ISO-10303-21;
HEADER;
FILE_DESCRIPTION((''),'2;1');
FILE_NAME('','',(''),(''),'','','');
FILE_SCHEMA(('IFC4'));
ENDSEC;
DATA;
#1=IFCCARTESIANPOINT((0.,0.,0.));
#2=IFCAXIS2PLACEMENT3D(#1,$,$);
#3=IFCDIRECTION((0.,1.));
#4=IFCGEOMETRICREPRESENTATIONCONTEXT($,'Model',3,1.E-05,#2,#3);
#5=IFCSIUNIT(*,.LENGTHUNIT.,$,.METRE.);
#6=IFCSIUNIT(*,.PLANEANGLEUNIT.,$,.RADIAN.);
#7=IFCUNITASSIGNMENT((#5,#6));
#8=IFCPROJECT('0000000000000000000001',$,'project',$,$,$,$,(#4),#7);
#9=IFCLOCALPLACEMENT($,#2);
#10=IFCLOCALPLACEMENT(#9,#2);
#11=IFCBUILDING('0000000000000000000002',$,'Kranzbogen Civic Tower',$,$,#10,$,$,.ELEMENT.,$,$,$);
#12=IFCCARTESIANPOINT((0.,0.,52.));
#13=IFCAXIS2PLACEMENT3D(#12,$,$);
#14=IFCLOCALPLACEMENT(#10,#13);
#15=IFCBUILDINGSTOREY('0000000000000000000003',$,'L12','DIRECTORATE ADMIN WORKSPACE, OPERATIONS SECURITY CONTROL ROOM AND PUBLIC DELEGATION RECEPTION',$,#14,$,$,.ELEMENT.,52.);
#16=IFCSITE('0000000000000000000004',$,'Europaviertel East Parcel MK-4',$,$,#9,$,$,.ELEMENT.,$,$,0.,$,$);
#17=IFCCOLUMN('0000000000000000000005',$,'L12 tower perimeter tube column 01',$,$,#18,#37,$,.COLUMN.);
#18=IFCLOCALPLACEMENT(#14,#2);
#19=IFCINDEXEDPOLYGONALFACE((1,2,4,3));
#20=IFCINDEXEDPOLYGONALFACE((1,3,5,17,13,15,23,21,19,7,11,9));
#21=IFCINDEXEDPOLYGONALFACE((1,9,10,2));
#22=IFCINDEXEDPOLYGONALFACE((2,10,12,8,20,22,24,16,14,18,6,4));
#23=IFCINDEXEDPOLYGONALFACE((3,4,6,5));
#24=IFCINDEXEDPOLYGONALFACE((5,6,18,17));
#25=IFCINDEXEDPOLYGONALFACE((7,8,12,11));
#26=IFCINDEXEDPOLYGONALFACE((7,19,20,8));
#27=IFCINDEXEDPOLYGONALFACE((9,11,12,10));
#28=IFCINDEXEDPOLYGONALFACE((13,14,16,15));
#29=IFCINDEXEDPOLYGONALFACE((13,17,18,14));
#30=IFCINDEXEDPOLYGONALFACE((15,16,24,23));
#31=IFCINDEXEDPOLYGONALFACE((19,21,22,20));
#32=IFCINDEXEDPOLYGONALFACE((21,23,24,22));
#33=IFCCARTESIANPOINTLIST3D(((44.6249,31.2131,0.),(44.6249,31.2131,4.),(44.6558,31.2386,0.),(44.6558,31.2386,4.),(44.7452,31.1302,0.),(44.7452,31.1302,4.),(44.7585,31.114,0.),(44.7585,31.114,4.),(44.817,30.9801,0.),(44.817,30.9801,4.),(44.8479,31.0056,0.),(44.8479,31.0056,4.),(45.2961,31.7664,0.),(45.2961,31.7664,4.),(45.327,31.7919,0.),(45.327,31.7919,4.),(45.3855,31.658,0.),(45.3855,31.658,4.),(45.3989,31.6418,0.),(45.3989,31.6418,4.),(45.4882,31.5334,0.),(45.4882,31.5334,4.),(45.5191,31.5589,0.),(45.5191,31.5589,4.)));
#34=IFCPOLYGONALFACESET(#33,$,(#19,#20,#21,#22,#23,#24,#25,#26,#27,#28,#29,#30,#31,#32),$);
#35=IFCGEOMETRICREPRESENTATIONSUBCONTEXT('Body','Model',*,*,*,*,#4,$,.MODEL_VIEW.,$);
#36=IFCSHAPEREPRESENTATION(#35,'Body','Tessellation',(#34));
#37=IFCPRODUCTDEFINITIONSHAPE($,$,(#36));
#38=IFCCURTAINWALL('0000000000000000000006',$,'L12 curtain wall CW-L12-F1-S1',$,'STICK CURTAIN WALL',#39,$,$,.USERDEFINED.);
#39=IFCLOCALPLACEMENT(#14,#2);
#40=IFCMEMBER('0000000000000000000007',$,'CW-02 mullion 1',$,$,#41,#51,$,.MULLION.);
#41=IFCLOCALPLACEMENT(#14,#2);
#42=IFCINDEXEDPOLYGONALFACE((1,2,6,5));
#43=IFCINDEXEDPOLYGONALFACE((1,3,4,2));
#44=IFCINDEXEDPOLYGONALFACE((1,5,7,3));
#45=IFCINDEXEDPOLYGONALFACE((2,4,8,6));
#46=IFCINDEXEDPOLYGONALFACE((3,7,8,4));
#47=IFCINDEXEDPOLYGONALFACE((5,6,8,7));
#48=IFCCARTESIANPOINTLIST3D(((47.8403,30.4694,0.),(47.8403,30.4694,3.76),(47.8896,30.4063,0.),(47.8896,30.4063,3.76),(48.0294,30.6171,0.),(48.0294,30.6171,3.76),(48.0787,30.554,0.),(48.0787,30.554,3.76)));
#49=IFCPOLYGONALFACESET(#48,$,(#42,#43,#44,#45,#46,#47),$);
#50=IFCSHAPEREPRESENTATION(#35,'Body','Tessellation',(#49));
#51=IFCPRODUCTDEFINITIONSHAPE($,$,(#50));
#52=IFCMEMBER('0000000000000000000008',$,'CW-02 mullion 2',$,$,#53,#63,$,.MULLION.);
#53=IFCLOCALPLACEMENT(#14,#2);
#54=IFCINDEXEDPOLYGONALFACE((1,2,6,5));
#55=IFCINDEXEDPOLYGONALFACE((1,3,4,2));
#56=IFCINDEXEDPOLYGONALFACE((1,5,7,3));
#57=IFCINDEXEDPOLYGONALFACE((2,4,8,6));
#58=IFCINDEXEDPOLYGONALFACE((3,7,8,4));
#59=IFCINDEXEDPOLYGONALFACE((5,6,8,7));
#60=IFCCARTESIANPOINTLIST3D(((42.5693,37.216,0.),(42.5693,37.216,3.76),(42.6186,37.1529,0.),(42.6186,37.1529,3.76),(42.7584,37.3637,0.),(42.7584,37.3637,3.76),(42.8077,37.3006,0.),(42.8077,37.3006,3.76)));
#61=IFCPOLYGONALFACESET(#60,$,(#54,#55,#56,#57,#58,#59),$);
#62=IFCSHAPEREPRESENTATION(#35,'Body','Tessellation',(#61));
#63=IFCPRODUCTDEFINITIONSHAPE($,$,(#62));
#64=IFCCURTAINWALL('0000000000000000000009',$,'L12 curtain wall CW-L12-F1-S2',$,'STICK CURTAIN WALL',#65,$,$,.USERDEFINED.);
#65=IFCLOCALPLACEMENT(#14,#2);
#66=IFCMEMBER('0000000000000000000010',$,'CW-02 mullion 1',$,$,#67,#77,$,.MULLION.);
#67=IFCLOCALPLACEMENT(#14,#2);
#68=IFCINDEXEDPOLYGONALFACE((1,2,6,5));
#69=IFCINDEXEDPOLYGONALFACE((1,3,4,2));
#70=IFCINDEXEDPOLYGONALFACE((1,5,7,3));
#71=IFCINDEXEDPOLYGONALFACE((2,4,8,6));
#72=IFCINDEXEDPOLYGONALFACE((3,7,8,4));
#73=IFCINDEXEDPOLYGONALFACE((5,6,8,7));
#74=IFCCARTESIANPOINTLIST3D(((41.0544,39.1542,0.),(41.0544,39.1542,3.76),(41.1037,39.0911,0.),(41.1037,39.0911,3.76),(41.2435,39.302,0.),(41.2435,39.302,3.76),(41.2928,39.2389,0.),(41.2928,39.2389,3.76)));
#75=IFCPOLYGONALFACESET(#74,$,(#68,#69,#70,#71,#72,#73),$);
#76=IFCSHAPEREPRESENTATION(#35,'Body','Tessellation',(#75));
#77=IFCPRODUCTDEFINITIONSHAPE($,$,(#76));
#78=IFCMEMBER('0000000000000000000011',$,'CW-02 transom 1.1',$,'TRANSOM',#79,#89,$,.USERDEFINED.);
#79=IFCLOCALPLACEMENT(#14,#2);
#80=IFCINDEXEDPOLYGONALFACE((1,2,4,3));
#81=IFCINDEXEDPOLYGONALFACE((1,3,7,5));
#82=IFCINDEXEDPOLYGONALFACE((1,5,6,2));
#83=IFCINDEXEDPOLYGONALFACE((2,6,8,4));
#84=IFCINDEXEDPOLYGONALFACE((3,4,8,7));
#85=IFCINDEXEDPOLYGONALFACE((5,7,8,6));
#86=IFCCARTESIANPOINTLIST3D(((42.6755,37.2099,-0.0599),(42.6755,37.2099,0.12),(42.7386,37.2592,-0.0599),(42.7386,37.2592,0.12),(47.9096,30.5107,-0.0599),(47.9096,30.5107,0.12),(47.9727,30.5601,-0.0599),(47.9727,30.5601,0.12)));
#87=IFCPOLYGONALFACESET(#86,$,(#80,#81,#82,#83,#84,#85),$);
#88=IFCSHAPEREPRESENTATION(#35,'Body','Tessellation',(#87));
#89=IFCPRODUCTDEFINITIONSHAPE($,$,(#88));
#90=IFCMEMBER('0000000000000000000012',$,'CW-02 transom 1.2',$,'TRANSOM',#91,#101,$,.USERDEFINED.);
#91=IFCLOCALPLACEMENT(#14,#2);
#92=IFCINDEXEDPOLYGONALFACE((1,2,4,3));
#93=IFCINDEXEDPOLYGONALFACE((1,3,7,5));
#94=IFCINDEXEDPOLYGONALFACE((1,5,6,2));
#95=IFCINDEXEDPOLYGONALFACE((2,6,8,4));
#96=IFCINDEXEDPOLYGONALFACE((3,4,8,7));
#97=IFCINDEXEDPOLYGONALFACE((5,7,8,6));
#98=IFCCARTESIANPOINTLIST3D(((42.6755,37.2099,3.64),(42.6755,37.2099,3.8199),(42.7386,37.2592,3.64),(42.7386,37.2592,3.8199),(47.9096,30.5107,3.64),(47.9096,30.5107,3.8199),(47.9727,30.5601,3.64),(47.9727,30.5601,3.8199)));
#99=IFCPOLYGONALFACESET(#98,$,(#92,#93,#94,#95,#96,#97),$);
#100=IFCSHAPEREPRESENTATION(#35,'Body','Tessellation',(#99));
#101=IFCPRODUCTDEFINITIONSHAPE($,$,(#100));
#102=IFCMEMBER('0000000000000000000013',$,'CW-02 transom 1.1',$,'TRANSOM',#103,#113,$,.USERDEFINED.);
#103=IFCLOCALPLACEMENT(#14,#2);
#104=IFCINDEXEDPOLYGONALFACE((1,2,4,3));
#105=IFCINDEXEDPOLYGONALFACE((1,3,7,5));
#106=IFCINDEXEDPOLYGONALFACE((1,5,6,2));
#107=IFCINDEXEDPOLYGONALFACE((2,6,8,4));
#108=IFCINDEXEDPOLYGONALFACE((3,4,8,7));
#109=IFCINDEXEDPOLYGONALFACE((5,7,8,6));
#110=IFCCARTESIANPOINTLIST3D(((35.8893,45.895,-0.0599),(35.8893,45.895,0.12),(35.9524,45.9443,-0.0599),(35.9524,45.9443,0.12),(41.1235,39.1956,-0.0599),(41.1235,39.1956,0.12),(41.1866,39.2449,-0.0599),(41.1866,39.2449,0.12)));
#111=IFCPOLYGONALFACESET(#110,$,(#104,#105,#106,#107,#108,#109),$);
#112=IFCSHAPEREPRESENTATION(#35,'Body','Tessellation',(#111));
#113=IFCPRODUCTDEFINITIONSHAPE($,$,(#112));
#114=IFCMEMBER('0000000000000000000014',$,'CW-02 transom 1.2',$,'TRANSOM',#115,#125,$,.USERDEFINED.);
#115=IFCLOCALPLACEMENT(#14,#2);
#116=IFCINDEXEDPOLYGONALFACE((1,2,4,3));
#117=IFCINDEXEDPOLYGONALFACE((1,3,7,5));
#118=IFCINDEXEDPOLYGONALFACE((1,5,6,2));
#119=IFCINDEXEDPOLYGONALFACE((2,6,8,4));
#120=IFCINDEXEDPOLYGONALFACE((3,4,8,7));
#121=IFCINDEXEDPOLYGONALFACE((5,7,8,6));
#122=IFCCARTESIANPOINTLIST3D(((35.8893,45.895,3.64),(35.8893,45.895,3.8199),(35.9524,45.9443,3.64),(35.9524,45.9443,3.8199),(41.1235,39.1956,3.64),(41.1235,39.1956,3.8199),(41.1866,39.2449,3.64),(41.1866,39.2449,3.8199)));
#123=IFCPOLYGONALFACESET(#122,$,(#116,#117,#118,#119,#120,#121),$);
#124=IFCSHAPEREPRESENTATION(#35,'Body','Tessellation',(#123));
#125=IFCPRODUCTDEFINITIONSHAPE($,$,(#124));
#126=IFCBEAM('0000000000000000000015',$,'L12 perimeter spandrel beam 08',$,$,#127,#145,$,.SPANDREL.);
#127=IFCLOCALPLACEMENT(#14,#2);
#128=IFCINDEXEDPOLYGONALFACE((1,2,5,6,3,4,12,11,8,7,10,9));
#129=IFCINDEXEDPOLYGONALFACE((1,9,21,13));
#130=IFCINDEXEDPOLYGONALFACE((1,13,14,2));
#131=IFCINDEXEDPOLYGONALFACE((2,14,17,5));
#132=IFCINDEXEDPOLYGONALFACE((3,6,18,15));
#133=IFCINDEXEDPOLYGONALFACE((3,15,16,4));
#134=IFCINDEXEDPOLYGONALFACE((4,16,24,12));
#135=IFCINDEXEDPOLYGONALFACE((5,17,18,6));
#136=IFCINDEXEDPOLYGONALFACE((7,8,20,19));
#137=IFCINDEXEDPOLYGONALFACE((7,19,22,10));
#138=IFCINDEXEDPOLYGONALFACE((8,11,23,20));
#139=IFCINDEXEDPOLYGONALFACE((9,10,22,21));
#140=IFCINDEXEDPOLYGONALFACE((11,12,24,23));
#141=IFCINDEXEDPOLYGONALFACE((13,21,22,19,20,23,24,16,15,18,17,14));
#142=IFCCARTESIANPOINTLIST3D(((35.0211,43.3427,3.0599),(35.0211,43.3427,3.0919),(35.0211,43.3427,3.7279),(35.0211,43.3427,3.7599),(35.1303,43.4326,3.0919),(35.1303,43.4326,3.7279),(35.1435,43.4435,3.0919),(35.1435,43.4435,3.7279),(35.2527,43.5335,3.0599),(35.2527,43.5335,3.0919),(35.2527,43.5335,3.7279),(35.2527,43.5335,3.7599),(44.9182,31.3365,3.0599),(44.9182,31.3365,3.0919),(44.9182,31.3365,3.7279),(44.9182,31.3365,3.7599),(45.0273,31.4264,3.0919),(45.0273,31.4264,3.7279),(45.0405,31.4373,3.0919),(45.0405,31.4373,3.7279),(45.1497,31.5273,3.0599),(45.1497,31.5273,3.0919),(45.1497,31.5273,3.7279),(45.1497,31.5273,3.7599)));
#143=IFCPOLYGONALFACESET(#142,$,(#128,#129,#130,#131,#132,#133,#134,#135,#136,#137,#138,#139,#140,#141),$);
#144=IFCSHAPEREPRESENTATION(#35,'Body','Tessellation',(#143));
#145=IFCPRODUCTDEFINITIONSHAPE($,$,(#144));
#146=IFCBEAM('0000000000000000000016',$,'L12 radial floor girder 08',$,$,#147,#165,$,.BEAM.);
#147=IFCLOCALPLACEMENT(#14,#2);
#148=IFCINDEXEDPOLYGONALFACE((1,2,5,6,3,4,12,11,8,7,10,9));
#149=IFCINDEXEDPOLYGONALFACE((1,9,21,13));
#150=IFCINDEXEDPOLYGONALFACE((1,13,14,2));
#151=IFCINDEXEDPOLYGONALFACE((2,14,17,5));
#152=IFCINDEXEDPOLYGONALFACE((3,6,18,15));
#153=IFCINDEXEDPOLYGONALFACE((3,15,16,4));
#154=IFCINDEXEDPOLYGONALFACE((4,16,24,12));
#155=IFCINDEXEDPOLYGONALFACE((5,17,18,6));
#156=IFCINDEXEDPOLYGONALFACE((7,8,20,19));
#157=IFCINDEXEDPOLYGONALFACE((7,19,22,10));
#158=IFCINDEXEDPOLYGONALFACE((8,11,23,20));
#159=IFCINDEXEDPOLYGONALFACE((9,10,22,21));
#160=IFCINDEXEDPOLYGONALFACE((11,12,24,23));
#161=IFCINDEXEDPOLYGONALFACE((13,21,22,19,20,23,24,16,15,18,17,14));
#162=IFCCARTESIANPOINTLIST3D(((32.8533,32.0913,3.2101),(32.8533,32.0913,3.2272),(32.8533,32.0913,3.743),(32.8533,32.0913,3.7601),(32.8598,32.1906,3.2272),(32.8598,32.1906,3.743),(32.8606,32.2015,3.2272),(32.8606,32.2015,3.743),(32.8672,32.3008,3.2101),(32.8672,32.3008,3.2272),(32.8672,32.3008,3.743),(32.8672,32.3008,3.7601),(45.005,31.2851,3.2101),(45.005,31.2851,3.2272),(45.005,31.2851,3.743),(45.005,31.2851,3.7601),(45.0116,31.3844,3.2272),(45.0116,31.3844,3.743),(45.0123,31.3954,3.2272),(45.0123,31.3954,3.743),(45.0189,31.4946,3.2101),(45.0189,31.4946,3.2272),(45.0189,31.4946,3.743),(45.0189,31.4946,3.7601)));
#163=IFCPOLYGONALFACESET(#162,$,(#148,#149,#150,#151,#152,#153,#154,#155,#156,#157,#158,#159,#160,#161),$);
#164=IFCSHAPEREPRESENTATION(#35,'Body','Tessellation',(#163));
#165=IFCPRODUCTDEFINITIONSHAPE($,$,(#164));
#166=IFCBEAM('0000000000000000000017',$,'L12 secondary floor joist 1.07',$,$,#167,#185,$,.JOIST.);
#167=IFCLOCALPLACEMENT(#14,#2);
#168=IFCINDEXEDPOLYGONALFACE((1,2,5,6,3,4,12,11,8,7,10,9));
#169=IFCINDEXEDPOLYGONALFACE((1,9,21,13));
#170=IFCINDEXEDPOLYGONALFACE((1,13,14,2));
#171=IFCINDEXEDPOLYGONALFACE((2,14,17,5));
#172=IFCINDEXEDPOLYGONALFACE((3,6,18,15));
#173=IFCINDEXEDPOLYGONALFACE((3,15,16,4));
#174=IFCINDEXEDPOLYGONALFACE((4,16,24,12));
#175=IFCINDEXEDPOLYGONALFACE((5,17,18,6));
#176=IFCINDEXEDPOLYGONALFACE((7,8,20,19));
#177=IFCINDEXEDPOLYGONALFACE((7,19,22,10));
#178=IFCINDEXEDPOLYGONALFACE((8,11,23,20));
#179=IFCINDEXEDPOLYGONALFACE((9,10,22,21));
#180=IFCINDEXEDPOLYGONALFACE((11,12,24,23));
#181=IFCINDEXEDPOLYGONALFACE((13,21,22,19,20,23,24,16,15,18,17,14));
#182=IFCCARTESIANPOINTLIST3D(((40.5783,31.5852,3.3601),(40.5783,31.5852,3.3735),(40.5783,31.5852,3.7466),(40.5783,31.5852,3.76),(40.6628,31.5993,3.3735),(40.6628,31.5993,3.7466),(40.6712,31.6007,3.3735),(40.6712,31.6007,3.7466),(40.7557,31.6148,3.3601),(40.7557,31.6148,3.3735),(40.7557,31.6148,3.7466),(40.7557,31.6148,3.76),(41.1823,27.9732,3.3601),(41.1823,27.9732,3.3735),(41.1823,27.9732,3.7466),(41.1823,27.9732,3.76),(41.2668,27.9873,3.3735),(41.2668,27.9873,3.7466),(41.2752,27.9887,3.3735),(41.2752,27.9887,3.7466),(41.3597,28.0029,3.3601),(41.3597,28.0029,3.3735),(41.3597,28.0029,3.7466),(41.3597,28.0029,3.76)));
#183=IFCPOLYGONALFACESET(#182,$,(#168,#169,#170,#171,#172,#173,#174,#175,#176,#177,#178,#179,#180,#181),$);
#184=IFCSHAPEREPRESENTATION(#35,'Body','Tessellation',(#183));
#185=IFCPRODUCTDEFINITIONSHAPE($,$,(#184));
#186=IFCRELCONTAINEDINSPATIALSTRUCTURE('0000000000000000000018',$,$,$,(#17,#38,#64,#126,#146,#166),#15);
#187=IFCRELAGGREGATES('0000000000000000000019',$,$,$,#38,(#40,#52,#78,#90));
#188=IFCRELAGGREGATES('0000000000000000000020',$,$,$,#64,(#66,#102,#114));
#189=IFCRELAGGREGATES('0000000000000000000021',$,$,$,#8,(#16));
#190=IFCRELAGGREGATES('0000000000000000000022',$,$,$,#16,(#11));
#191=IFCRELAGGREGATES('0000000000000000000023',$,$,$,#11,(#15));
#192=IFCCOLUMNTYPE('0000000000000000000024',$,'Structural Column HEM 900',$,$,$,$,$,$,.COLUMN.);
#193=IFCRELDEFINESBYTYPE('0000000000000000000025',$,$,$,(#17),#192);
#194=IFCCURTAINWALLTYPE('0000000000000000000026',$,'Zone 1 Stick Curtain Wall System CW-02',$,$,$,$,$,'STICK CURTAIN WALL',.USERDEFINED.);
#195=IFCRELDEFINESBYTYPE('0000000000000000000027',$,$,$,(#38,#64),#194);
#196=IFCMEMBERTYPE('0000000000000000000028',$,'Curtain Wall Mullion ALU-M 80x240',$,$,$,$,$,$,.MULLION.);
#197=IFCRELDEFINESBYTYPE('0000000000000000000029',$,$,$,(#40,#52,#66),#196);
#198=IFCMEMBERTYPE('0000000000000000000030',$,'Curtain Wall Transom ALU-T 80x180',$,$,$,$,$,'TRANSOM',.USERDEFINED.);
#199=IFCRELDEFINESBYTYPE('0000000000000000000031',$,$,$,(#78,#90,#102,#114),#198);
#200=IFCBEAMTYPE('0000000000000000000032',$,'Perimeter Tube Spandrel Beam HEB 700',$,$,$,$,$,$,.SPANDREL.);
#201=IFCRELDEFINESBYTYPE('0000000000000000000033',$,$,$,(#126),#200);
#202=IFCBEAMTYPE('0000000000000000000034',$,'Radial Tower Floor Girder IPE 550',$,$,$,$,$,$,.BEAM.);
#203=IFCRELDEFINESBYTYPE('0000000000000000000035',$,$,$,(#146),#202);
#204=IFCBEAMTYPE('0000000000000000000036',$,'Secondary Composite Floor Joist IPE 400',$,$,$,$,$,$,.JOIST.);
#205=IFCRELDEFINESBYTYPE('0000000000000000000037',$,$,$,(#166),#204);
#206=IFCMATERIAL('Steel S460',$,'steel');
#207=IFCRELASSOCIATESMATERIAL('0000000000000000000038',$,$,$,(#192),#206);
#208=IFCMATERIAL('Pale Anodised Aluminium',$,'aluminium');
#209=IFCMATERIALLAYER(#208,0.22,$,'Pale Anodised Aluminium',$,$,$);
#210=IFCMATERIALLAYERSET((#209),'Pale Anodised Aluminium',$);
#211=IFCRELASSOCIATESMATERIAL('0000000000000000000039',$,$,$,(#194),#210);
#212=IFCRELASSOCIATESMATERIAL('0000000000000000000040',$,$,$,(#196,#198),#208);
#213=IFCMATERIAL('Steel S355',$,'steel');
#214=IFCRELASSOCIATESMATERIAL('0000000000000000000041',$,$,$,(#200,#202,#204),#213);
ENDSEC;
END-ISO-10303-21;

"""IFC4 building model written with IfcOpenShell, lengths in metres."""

from ifc_helpers import new_model, si_unit, direction, frame, origin, origin_2d, place, context, subcontext, project, spatial, rectangle, i_section, extrude, material, layer, layer_set, material_profile, profile_set, type_object, element, aggregate, save


model = new_model("IFC4")

# Units and contexts
model_context = context("Model", 3, precision=1e-05, world=origin(), true_north=direction((0.0, 1.0)))
body_context = subcontext(model_context, "Body", "Model", "MODEL_VIEW")
ifc_project = project(units=[si_unit("LENGTHUNIT", "METRE"), si_unit("PLANEANGLEUNIT", "RADIAN")], contexts=[model_context])

# Site, building, storey
site_placement = place(None, origin())
site = spatial("IfcSite", under=ifc_project, at=site_placement, Name="Europaviertel East Parcel MK-4", CompositionType="ELEMENT", RefElevation=0.0)
building_placement = place(site_placement, origin())
building = spatial("IfcBuilding", under=site, at=building_placement, Name="Kranzbogen Civic Tower", CompositionType="ELEMENT")
storey_placement = place(building_placement, frame((0.0, 0.0, 52.0)))
storey = spatial("IfcBuildingStorey", under=building, at=storey_placement, Name="L12", Description="DIRECTORATE ADMIN WORKSPACE, OPERATIONS SECURITY CONTROL ROOM AND PUBLIC DELEGATION RECEPTION", CompositionType="ELEMENT", Elevation=52.0)

# Column
ifc_material_1 = material(Name="Steel S460", Category="steel")
ifc_material_profile_1 = material_profile(ifc_material_1, i_section(OverallWidth=0.302, OverallDepth=0.9099, WebThickness=0.021, FlangeThickness=0.04, at=origin_2d()), Name="HEM 900")
ifc_profile_set_1 = profile_set([ifc_material_profile_1], Name="Steel S460")
column_type = type_object("IfcColumnType", Name="Structural Column HEM 900", PredefinedType="COLUMN", material=ifc_profile_set_1)
column_placement = place(storey_placement, frame((45.072, 31.386, 0.0), z_axis=(0.0, 0.0, 1.0), x_axis=(-0.636078, 0.771625, 0.0)))
element("IfcColumn", 1, at=column_placement, inside=storey, type_object=column_type, Name="L12 tower perimeter tube column 01", PredefinedType="COLUMN", context=body_context, shape_type="SweptSolid", body=[
    extrude(i_section(OverallWidth=0.302, OverallDepth=0.9099, WebThickness=0.021, FlangeThickness=0.04, at=origin_2d()), origin(), (0.0, 0.0, 1.0), 4.0),
])

# Curtain wall, members
ifc_material_2 = material(Name="Pale Anodised Aluminium", Category="aluminium")
ifc_layer_1 = layer(ifc_material_2, 0.22, Name="Pale Anodised Aluminium")
ifc_layer_set_1 = layer_set([ifc_layer_1], Name="Pale Anodised Aluminium")
curtain_wall_type = type_object("IfcCurtainWallType", Name="Zone 1 Stick Curtain Wall System CW-02", ElementType="STICK CURTAIN WALL", PredefinedType="USERDEFINED", material=ifc_layer_set_1)
curtain_wall_1_placement = place(storey_placement, origin())
curtain_wall_1 = element("IfcCurtainWall", 2, at=curtain_wall_1_placement, inside=storey, type_object=curtain_wall_type, Name="L12 curtain wall CW-L12-F1-S1", ObjectType="STICK CURTAIN WALL", PredefinedType="USERDEFINED")
ifc_material_profile_2 = material_profile(ifc_material_2, rectangle(XDim=0.0801, YDim=0.24, at=origin_2d()), Name="ALU-M 80x240")
ifc_profile_set_2 = profile_set([ifc_material_profile_2], Name="Pale Anodised Aluminium")
member_type_1 = type_object("IfcMemberType", Name="Curtain Wall Mullion ALU-M 80x240", PredefinedType="MULLION", material=ifc_profile_set_2)
member_1_placement = place(storey_placement, frame((47.9595, 30.5117, 0.0), z_axis=(0.0, 0.0, 1.0), x_axis=(-0.615658, 0.788014, 0.0)))
member_1 = element("IfcMember", 3, at=member_1_placement, type_object=member_type_1, Name="CW-02 mullion 1", PredefinedType="MULLION", context=body_context, shape_type="SweptSolid", body=[
    extrude(rectangle(XDim=0.0801, YDim=0.24, at=origin_2d()), origin(), (0.0, 0.0, 1.0), 3.76),
])
member_2_placement = place(storey_placement, frame((42.6885, 37.2583, 0.0), z_axis=(0.0, 0.0, 1.0), x_axis=(-0.615658, 0.788014, 0.0)))
member_2 = element("IfcMember", 4, at=member_2_placement, type_object=member_type_1, Name="CW-02 mullion 2", PredefinedType="MULLION", context=body_context, shape_type="SweptSolid", body=[
    extrude(rectangle(XDim=0.0801, YDim=0.24, at=origin_2d()), origin(), (0.0, 0.0, 1.0), 3.76),
])

# Curtain wall, member
curtain_wall_2_placement = place(storey_placement, origin())
curtain_wall_2 = element("IfcCurtainWall", 5, at=curtain_wall_2_placement, inside=storey, type_object=curtain_wall_type, Name="L12 curtain wall CW-L12-F1-S2", ObjectType="STICK CURTAIN WALL", PredefinedType="USERDEFINED")
member_3_placement = place(storey_placement, frame((41.1736, 39.1965, 0.0), z_axis=(0.0, 0.0, 1.0), x_axis=(-0.615658, 0.788014, 0.0)))
member_3 = element("IfcMember", 6, at=member_3_placement, type_object=member_type_1, Name="CW-02 mullion 1", PredefinedType="MULLION", context=body_context, shape_type="SweptSolid", body=[
    extrude(rectangle(XDim=0.0801, YDim=0.24, at=origin_2d()), origin(), (0.0, 0.0, 1.0), 3.76),
])

# Members
ifc_material_profile_3 = material_profile(ifc_material_2, rectangle(XDim=0.0801, YDim=0.1799, at=origin_2d()), Name="ALU-T 80x180")
ifc_profile_set_3 = profile_set([ifc_material_profile_3], Name="Pale Anodised Aluminium")
member_type_2 = type_object("IfcMemberType", Name="Curtain Wall Transom ALU-T 80x180", ElementType="TRANSOM", PredefinedType="USERDEFINED", material=ifc_profile_set_3)
member_4_placement = place(storey_placement, frame((47.9412, 30.5354, 0.03), z_axis=(-0.615671, 0.788003, 0.0), x_axis=(-0.788003, -0.615671, 0.0)))
member_4 = element("IfcMember", 7, at=member_4_placement, type_object=member_type_2, Name="CW-02 transom 1.1", ObjectType="TRANSOM", PredefinedType="USERDEFINED", context=body_context, shape_type="SweptSolid", body=[
    extrude(rectangle(XDim=0.0801, YDim=0.1799, at=origin_2d()), origin(), (0.0, 0.0, 1.0), 8.5015),
])
member_5_placement = place(storey_placement, frame((47.9412, 30.5354, 3.73), z_axis=(-0.615671, 0.788003, 0.0), x_axis=(-0.788003, -0.615671, 0.0)))
member_5 = element("IfcMember", 8, at=member_5_placement, type_object=member_type_2, Name="CW-02 transom 1.2", ObjectType="TRANSOM", PredefinedType="USERDEFINED", context=body_context, shape_type="SweptSolid", body=[
    extrude(rectangle(XDim=0.0801, YDim=0.1799, at=origin_2d()), origin(), (0.0, 0.0, 1.0), 8.5015),
])
member_6_placement = place(storey_placement, frame((41.155, 39.2202, 0.03), z_axis=(-0.615657, 0.788014, 0.0), x_axis=(-0.788014, -0.615657, 0.0)))
member_6 = element("IfcMember", 9, at=member_6_placement, type_object=member_type_2, Name="CW-02 transom 1.1", ObjectType="TRANSOM", PredefinedType="USERDEFINED", context=body_context, shape_type="SweptSolid", body=[
    extrude(rectangle(XDim=0.0801, YDim=0.1799, at=origin_2d()), origin(), (0.0, 0.0, 1.0), 8.5017),
])
member_7_placement = place(storey_placement, frame((41.155, 39.2202, 3.73), z_axis=(-0.615657, 0.788014, 0.0), x_axis=(-0.788014, -0.615657, 0.0)))
member_7 = element("IfcMember", 10, at=member_7_placement, type_object=member_type_2, Name="CW-02 transom 1.2", ObjectType="TRANSOM", PredefinedType="USERDEFINED", context=body_context, shape_type="SweptSolid", body=[
    extrude(rectangle(XDim=0.0801, YDim=0.1799, at=origin_2d()), origin(), (0.0, 0.0, 1.0), 8.5017),
])

# Beams
ifc_material_3 = material(Name="Steel S355", Category="steel")
ifc_material_profile_4 = material_profile(ifc_material_3, i_section(OverallWidth=0.3, OverallDepth=0.7, WebThickness=0.0171, FlangeThickness=0.032, at=origin_2d()), Name="HEB 700")
ifc_profile_set_4 = profile_set([ifc_material_profile_4], Name="Steel S355")
beam_type_1 = type_object("IfcBeamType", Name="Perimeter Tube Spandrel Beam HEB 700", PredefinedType="SPANDREL", material=ifc_profile_set_4)
beam_1_placement = place(storey_placement, frame((45.0339, 31.4319, 3.4099), z_axis=(-0.636075, 0.771628, 0.0), x_axis=(-0.771628, -0.636075, 0.0)))
element("IfcBeam", 11, at=beam_1_placement, inside=storey, type_object=beam_type_1, Name="L12 perimeter spandrel beam 08", PredefinedType="SPANDREL", context=body_context, shape_type="SweptSolid", body=[
    extrude(i_section(OverallWidth=0.3, OverallDepth=0.7, WebThickness=0.0171, FlangeThickness=0.032, at=origin_2d()), origin(), (0.0, 0.0, 1.0), 15.5596),
])
ifc_material_profile_5 = material_profile(ifc_material_3, i_section(OverallWidth=0.21, OverallDepth=0.55, WebThickness=0.011, FlangeThickness=0.0171, at=origin_2d()), Name="IPE 550")
ifc_profile_set_5 = profile_set([ifc_material_profile_5], Name="Steel S355")
beam_type_2 = type_object("IfcBeamType", Name="Radial Tower Floor Girder IPE 550", PredefinedType="BEAM", material=ifc_profile_set_5)
beam_2_placement = place(storey_placement, frame((45.012, 31.3899, 3.4851), z_axis=(-0.997807, 0.066194, 0.0), x_axis=(-0.066194, -0.997807, 0.0)))
element("IfcBeam", 12, at=beam_2_placement, inside=storey, type_object=beam_type_2, Name="L12 radial floor girder 08", PredefinedType="BEAM", context=body_context, shape_type="SweptSolid", body=[
    extrude(i_section(OverallWidth=0.21, OverallDepth=0.55, WebThickness=0.011, FlangeThickness=0.0171, at=origin_2d()), origin(), (0.0, 0.0, 1.0), 12.1785),
])
ifc_material_profile_6 = material_profile(ifc_material_3, i_section(OverallWidth=0.1799, OverallDepth=0.3999, WebThickness=0.0085, FlangeThickness=0.0134, at=origin_2d()), Name="IPE 400")
ifc_profile_set_6 = profile_set([ifc_material_profile_6], Name="Steel S355")
beam_type_3 = type_object("IfcBeamType", Name="Secondary Composite Floor Joist IPE 400", PredefinedType="JOIST", material=ifc_profile_set_6)
beam_3_placement = place(storey_placement, frame((41.271, 27.988, 3.5601), z_axis=(-0.164929, 0.986305, 0.0), x_axis=(-0.986305, -0.164929, 0.0)))
element("IfcBeam", 13, at=beam_3_placement, inside=storey, type_object=beam_type_3, Name="L12 secondary floor joist 1.07", PredefinedType="JOIST", context=body_context, shape_type="SweptSolid", body=[
    extrude(i_section(OverallWidth=0.1799, OverallDepth=0.3999, WebThickness=0.0085, FlangeThickness=0.0134, at=origin_2d()), origin(), (0.0, 0.0, 1.0), 3.6621),
])

aggregate(curtain_wall_1, [member_1, member_2, member_4, member_5])
aggregate(curtain_wall_2, [member_3, member_6, member_7])

save(model, "model.ifc")
